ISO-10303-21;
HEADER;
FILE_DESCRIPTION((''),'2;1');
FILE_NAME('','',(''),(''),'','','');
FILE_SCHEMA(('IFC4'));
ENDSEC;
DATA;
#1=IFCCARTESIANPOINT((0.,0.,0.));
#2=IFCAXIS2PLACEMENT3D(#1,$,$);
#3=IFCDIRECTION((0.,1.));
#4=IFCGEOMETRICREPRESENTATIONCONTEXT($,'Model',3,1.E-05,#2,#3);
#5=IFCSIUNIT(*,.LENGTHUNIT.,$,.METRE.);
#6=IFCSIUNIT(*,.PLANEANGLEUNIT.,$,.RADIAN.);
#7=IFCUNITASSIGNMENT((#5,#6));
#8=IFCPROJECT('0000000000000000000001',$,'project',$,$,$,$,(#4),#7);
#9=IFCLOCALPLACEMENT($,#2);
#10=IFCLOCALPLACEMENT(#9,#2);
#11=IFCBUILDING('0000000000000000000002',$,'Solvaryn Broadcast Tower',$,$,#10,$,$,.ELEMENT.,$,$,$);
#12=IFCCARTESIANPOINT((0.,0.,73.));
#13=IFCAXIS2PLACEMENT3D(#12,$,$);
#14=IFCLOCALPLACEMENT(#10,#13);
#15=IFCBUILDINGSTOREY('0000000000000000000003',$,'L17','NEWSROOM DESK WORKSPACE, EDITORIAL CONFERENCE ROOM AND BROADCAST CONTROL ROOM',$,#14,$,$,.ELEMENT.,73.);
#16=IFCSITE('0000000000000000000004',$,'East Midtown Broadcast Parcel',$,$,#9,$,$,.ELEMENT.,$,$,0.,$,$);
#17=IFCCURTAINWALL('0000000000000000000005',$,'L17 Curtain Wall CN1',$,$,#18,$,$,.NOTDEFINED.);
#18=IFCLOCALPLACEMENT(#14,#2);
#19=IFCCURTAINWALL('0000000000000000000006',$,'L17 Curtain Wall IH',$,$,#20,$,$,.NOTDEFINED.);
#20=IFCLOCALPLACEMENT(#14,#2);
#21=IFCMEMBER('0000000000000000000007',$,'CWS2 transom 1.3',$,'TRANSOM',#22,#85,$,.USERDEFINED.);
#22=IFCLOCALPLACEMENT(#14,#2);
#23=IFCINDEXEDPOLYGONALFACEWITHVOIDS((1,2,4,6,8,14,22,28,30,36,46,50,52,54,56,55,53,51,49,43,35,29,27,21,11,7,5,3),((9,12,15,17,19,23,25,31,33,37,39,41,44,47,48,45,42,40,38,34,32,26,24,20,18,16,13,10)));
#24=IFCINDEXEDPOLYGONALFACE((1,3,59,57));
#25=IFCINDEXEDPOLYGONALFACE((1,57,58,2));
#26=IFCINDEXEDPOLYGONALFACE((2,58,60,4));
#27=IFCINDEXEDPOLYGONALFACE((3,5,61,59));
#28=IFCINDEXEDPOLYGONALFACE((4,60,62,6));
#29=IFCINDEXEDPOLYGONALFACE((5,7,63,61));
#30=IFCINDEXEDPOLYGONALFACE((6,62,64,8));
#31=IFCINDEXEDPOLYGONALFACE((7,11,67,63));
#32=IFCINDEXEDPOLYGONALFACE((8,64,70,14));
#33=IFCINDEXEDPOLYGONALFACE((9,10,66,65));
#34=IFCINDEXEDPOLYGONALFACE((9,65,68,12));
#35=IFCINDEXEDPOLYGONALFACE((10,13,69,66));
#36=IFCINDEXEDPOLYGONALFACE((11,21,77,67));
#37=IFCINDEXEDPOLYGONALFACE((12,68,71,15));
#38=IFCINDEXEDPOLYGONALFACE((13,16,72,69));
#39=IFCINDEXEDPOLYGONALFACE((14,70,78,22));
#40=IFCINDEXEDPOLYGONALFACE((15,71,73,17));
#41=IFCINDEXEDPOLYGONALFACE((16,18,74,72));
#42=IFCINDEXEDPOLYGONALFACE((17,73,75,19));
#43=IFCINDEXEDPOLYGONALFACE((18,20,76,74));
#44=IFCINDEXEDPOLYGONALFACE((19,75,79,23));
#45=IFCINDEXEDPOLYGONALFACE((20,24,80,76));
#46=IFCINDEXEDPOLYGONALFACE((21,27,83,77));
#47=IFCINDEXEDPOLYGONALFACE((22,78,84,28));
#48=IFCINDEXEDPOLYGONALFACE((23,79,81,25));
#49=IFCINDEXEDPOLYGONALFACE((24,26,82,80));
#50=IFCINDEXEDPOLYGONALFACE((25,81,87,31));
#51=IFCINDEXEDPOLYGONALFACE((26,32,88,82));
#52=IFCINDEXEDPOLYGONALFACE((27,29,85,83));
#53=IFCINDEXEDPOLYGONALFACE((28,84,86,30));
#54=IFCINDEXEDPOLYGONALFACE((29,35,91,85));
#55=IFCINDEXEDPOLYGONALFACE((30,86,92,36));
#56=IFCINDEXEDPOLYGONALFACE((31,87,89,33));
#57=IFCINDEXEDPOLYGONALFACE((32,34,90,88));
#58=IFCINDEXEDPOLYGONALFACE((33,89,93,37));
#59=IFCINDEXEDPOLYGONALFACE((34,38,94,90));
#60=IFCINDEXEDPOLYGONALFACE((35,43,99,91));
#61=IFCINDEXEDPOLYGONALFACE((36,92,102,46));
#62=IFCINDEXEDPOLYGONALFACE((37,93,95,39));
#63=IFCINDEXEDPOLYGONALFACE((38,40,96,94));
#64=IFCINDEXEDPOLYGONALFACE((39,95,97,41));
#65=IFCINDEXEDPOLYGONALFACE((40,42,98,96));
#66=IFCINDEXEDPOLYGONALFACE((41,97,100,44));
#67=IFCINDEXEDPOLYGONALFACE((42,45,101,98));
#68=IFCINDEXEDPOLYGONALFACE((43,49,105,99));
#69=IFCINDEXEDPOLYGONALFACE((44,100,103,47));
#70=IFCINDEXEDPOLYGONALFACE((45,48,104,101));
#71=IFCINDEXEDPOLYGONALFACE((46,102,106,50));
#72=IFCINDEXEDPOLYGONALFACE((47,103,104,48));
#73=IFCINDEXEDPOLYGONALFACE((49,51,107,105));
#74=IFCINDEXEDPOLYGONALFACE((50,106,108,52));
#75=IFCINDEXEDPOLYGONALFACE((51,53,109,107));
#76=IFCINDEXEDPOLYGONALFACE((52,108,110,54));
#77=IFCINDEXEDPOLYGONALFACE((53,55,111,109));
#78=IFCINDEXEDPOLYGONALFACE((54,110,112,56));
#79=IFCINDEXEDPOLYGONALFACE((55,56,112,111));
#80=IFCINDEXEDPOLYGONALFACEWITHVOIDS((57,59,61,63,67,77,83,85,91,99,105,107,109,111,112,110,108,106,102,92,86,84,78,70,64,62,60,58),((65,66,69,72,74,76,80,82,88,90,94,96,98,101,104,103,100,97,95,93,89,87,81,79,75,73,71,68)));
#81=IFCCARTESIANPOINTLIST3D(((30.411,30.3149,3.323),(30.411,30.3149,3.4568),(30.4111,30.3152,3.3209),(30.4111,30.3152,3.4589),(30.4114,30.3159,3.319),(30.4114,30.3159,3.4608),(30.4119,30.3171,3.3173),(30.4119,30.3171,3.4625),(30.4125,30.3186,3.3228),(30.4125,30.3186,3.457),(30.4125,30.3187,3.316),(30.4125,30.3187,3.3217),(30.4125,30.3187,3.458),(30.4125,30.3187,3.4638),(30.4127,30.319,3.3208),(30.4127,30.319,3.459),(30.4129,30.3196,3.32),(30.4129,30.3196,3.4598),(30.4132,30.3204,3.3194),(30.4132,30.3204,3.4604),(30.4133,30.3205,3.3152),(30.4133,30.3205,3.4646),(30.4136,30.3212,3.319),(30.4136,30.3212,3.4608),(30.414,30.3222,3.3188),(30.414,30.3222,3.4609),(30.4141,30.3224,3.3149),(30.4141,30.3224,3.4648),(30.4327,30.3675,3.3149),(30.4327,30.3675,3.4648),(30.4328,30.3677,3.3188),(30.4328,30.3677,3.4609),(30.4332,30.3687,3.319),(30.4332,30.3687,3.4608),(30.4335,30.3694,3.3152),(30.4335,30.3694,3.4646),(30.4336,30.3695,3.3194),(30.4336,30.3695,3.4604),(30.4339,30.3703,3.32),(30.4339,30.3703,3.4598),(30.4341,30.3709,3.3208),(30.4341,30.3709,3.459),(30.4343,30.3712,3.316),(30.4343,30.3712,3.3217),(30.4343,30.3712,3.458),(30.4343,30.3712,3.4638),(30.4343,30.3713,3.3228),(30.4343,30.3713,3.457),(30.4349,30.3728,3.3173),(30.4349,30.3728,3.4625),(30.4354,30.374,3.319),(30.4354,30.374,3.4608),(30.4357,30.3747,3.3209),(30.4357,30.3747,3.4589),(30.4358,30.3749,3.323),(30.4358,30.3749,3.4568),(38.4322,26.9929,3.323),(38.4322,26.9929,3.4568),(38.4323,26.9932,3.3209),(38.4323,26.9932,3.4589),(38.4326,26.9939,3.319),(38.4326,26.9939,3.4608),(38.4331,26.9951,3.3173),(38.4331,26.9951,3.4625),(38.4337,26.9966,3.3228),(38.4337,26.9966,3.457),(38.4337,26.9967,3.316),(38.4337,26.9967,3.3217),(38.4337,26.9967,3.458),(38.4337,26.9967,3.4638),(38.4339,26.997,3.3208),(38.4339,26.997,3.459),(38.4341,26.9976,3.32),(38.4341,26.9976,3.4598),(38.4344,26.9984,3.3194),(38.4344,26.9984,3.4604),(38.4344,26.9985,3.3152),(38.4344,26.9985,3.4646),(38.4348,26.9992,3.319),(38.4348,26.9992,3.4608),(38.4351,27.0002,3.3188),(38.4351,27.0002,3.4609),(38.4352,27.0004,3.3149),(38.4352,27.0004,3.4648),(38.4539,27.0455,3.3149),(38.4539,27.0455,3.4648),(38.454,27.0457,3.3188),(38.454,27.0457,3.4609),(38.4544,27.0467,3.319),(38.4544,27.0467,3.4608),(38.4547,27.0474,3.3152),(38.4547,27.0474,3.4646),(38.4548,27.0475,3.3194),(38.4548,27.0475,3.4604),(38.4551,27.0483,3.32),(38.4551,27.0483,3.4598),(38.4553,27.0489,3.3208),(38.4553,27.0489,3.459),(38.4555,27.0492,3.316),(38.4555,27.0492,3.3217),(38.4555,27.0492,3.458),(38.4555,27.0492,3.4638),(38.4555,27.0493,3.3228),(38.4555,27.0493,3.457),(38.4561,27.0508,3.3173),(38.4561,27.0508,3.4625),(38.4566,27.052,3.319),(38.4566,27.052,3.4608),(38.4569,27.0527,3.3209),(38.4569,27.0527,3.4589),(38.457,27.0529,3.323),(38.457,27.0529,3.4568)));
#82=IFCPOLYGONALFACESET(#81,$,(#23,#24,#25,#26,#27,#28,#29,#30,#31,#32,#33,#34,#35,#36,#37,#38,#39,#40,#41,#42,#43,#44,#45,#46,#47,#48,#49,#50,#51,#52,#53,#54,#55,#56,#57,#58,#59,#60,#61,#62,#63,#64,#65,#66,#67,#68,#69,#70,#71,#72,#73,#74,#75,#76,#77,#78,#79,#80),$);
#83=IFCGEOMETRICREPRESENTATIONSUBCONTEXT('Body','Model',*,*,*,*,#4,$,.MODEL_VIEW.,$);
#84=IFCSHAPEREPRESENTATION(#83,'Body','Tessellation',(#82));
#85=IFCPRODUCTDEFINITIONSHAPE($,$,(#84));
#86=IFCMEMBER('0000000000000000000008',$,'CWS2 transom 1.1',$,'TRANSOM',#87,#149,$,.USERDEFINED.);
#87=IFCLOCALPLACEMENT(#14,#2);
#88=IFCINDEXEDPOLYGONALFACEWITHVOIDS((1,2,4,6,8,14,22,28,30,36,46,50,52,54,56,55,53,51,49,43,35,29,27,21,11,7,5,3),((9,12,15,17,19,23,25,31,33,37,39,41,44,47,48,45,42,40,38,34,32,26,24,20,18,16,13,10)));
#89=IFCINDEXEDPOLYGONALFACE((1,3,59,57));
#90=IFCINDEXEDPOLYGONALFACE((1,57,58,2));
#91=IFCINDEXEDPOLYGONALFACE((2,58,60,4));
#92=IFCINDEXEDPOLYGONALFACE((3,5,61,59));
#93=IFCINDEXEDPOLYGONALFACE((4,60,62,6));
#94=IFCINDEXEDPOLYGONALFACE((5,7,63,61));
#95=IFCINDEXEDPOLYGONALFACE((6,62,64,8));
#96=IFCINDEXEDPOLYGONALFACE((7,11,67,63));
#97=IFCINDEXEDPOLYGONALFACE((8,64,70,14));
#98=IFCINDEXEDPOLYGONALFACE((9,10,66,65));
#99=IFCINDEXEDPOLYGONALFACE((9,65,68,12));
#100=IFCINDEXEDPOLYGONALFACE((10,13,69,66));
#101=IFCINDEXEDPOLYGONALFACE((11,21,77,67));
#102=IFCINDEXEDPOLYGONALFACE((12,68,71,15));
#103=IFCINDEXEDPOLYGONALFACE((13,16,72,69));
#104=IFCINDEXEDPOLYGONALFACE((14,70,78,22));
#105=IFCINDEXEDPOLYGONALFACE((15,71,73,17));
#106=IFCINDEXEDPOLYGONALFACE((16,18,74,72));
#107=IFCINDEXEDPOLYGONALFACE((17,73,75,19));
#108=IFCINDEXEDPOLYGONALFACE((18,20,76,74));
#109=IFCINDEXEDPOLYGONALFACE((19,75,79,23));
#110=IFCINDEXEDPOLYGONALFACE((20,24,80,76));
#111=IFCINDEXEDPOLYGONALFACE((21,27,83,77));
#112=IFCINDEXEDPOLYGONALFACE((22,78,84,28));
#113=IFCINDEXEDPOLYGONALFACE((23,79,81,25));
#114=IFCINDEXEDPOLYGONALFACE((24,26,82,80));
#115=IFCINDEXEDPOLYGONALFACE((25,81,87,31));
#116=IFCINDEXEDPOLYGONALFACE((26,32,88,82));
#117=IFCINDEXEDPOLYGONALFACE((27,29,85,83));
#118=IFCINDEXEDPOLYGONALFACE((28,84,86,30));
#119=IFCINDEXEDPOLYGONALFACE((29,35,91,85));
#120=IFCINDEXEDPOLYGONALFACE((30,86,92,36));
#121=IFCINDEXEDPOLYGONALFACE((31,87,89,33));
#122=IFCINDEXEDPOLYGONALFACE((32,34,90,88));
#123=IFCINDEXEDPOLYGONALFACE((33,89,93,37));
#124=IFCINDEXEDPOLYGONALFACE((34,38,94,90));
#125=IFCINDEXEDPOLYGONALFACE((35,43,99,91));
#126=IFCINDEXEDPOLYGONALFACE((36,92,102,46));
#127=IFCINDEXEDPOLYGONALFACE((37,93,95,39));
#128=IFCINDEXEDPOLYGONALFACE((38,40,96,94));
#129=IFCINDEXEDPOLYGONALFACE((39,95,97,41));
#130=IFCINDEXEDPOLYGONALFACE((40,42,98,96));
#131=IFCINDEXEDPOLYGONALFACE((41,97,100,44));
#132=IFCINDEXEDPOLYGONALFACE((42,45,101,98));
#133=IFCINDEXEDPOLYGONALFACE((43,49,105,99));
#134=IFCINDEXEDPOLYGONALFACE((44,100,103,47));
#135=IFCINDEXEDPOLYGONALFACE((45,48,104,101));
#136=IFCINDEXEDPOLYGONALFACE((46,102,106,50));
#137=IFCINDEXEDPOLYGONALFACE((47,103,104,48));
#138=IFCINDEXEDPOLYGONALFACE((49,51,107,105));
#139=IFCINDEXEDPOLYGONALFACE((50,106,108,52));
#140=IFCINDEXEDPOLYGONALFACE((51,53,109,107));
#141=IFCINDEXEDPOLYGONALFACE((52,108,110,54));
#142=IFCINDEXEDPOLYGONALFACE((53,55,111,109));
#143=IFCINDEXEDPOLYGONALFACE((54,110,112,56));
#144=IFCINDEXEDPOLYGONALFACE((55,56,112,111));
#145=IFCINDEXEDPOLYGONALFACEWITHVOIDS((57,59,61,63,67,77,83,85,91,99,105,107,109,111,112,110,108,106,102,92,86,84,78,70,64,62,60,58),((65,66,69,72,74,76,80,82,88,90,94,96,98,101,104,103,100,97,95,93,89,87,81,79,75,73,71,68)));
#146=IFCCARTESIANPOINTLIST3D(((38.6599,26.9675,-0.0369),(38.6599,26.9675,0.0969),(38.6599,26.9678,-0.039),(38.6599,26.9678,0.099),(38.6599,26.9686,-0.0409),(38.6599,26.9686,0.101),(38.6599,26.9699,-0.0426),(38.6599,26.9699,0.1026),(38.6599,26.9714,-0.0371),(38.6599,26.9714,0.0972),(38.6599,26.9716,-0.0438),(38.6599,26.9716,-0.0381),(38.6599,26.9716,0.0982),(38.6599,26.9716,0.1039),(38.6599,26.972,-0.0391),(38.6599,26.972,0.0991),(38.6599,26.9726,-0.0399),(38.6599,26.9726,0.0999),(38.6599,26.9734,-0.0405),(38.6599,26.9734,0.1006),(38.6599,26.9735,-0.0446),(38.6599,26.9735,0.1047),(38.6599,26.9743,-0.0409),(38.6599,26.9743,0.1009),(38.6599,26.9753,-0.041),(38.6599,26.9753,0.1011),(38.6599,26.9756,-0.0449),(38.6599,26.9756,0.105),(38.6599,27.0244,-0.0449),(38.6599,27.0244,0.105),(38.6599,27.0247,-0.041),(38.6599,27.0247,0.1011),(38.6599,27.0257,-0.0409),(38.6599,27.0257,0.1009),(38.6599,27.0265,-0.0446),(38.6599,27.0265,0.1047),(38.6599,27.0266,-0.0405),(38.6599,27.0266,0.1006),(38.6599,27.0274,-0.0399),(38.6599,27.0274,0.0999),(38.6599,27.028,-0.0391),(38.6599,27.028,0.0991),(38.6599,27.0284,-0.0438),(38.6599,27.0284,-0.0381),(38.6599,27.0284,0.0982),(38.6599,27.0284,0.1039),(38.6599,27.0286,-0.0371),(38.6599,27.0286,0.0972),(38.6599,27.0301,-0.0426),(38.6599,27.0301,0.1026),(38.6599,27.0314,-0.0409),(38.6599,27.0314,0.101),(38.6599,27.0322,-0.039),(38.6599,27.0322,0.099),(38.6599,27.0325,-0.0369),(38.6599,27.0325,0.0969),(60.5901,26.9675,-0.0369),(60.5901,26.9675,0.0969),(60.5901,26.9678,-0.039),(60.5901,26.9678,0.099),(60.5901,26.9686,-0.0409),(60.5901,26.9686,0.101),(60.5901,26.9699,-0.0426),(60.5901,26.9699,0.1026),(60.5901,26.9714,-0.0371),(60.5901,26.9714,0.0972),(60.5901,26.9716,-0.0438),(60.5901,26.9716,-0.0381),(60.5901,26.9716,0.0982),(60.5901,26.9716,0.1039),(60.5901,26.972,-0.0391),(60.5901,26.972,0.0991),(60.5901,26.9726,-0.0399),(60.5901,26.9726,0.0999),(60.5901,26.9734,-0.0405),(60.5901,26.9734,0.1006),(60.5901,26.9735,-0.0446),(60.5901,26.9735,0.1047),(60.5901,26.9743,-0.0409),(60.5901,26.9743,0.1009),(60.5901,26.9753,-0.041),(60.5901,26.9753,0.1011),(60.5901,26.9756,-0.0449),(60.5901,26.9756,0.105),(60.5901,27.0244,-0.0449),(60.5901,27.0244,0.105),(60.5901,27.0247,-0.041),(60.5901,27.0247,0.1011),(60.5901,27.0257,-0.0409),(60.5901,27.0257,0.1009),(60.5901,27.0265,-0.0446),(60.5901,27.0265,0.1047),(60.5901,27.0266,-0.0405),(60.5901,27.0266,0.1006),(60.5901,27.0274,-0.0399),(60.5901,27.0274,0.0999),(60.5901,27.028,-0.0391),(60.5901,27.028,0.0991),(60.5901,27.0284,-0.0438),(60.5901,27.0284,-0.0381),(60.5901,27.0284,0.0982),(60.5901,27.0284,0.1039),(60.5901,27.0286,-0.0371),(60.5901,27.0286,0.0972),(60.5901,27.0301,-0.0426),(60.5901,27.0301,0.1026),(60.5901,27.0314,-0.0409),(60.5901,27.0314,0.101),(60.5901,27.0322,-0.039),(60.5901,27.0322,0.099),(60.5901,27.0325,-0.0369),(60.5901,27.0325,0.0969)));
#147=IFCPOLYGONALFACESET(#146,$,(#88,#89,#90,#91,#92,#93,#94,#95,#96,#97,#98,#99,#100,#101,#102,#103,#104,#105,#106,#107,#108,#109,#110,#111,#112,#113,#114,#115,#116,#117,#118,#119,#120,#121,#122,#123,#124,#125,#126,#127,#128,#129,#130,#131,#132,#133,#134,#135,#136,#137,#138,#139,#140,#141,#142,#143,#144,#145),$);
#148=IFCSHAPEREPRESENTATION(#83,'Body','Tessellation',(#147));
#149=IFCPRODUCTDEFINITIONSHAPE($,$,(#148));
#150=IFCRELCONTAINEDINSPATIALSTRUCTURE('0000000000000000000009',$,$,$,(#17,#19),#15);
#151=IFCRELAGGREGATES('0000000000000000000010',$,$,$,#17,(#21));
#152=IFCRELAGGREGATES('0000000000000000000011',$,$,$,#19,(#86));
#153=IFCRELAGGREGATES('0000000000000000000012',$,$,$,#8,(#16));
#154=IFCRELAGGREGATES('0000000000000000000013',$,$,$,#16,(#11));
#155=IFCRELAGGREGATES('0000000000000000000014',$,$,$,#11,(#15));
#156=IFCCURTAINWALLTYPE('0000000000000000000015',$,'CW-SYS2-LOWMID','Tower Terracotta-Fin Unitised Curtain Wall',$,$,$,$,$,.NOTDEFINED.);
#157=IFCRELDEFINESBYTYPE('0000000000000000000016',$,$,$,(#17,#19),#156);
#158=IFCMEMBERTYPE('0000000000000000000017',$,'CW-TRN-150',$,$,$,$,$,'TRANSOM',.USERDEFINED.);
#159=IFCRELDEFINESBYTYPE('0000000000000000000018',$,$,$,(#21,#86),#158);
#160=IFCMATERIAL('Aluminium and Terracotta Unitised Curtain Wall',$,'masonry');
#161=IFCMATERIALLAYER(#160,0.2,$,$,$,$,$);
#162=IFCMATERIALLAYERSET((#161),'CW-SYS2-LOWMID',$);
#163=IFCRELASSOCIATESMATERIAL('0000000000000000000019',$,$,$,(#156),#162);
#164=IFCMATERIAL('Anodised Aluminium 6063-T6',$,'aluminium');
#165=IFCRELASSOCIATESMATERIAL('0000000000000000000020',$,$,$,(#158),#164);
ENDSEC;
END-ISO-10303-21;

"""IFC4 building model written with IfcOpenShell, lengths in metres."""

from ifc_helpers import new_model, si_unit, direction, frame, origin, origin_2d, place, context, subcontext, project, spatial, hollow_rectangle, extrude, material, layer, layer_set, material_profile, profile_set, type_object, element, aggregate, save


model = new_model("IFC4")

# Units and contexts
model_context = context("Model", 3, precision=1e-05, world=origin(), true_north=direction((0.0, 1.0)))
body_context = subcontext(model_context, "Body", "Model", "MODEL_VIEW")
ifc_project = project(units=[si_unit("LENGTHUNIT", "METRE"), si_unit("PLANEANGLEUNIT", "RADIAN")], contexts=[model_context])

# Site, building, storey
site_placement = place(None, origin())
site = spatial("IfcSite", under=ifc_project, at=site_placement, Name="East Midtown Broadcast Parcel", CompositionType="ELEMENT", RefElevation=0.0)
building_placement = place(site_placement, origin())
building = spatial("IfcBuilding", under=site, at=building_placement, Name="Solvaryn Broadcast Tower", CompositionType="ELEMENT")
storey_placement = place(building_placement, frame((0.0, 0.0, 73.0)))
storey = spatial("IfcBuildingStorey", under=building, at=storey_placement, Name="L17", Description="NEWSROOM DESK WORKSPACE, EDITORIAL CONFERENCE ROOM AND BROADCAST CONTROL ROOM", CompositionType="ELEMENT", Elevation=73.0)

# Curtain walls
ifc_material_1 = material(Name="Aluminium and Terracotta Unitised Curtain Wall", Category="masonry")
ifc_layer_1 = layer(ifc_material_1, 0.2)
ifc_layer_set_1 = layer_set([ifc_layer_1], Name="CW-SYS2-LOWMID")
curtain_wall_type = type_object("IfcCurtainWallType", Name="CW-SYS2-LOWMID", Description="Tower Terracotta-Fin Unitised Curtain Wall", PredefinedType="NOTDEFINED", material=ifc_layer_set_1)
curtain_wall_1_placement = place(storey_placement, origin())
curtain_wall_1 = element("IfcCurtainWall", 1, at=curtain_wall_1_placement, inside=storey, type_object=curtain_wall_type, Name="L17 Curtain Wall CN1", PredefinedType="NOTDEFINED")
curtain_wall_2_placement = place(storey_placement, origin())
curtain_wall_2 = element("IfcCurtainWall", 2, at=curtain_wall_2_placement, inside=storey, type_object=curtain_wall_type, Name="L17 Curtain Wall IH", PredefinedType="NOTDEFINED")

# Members
ifc_material_2 = material(Name="Anodised Aluminium 6063-T6", Category="aluminium")
ifc_material_profile_1 = material_profile(ifc_material_2, hollow_rectangle(XDim=0.0649, YDim=0.1499, WallThickness=0.0039, InnerFilletRadius=0.0039, OuterFilletRadius=0.0081, at=origin_2d()))
ifc_profile_set_1 = profile_set([ifc_material_profile_1], Name="Anodised Aluminium 6063-T6")
member_type_1 = type_object("IfcMemberType", Name="CW-TRN-150", ElementType="TRANSOM", PredefinedType="USERDEFINED", material=ifc_profile_set_1)
member_1_placement = place(storey_placement, frame((38.4446, 27.0229, 3.3899), z_axis=(-0.923899, 0.382636, 0.0), x_axis=(-0.382636, -0.923899, 0.0)))
member_1 = element("IfcMember", 3, at=member_1_placement, type_object=member_type_1, Name="CWS2 transom 1.3", ObjectType="TRANSOM", PredefinedType="USERDEFINED", context=body_context, shape_type="SweptSolid", body=[
    extrude(hollow_rectangle(XDim=0.0649, YDim=0.1499, WallThickness=0.0039, InnerFilletRadius=0.0039, OuterFilletRadius=0.0081, at=origin_2d()), origin(), (0.0, 0.0, 1.0), 8.6819),
])
aggregate(curtain_wall_1, [member_1])
member_2_placement = place(storey_placement, frame((38.6599, 27.0, 0.03), z_axis=(1.0, 0.0, 0.0), x_axis=(0.0, 1.0, 0.0)))
member_2 = element("IfcMember", 4, at=member_2_placement, type_object=member_type_1, Name="CWS2 transom 1.1", ObjectType="TRANSOM", PredefinedType="USERDEFINED", context=body_context, shape_type="SweptSolid", body=[
    extrude(hollow_rectangle(XDim=0.0649, YDim=0.1499, WallThickness=0.0039, InnerFilletRadius=0.0039, OuterFilletRadius=0.0081, at=origin_2d()), origin(), (0.0, 0.0, 1.0), 21.9302),
])
aggregate(curtain_wall_2, [member_2])

save(model, "model.ifc")
